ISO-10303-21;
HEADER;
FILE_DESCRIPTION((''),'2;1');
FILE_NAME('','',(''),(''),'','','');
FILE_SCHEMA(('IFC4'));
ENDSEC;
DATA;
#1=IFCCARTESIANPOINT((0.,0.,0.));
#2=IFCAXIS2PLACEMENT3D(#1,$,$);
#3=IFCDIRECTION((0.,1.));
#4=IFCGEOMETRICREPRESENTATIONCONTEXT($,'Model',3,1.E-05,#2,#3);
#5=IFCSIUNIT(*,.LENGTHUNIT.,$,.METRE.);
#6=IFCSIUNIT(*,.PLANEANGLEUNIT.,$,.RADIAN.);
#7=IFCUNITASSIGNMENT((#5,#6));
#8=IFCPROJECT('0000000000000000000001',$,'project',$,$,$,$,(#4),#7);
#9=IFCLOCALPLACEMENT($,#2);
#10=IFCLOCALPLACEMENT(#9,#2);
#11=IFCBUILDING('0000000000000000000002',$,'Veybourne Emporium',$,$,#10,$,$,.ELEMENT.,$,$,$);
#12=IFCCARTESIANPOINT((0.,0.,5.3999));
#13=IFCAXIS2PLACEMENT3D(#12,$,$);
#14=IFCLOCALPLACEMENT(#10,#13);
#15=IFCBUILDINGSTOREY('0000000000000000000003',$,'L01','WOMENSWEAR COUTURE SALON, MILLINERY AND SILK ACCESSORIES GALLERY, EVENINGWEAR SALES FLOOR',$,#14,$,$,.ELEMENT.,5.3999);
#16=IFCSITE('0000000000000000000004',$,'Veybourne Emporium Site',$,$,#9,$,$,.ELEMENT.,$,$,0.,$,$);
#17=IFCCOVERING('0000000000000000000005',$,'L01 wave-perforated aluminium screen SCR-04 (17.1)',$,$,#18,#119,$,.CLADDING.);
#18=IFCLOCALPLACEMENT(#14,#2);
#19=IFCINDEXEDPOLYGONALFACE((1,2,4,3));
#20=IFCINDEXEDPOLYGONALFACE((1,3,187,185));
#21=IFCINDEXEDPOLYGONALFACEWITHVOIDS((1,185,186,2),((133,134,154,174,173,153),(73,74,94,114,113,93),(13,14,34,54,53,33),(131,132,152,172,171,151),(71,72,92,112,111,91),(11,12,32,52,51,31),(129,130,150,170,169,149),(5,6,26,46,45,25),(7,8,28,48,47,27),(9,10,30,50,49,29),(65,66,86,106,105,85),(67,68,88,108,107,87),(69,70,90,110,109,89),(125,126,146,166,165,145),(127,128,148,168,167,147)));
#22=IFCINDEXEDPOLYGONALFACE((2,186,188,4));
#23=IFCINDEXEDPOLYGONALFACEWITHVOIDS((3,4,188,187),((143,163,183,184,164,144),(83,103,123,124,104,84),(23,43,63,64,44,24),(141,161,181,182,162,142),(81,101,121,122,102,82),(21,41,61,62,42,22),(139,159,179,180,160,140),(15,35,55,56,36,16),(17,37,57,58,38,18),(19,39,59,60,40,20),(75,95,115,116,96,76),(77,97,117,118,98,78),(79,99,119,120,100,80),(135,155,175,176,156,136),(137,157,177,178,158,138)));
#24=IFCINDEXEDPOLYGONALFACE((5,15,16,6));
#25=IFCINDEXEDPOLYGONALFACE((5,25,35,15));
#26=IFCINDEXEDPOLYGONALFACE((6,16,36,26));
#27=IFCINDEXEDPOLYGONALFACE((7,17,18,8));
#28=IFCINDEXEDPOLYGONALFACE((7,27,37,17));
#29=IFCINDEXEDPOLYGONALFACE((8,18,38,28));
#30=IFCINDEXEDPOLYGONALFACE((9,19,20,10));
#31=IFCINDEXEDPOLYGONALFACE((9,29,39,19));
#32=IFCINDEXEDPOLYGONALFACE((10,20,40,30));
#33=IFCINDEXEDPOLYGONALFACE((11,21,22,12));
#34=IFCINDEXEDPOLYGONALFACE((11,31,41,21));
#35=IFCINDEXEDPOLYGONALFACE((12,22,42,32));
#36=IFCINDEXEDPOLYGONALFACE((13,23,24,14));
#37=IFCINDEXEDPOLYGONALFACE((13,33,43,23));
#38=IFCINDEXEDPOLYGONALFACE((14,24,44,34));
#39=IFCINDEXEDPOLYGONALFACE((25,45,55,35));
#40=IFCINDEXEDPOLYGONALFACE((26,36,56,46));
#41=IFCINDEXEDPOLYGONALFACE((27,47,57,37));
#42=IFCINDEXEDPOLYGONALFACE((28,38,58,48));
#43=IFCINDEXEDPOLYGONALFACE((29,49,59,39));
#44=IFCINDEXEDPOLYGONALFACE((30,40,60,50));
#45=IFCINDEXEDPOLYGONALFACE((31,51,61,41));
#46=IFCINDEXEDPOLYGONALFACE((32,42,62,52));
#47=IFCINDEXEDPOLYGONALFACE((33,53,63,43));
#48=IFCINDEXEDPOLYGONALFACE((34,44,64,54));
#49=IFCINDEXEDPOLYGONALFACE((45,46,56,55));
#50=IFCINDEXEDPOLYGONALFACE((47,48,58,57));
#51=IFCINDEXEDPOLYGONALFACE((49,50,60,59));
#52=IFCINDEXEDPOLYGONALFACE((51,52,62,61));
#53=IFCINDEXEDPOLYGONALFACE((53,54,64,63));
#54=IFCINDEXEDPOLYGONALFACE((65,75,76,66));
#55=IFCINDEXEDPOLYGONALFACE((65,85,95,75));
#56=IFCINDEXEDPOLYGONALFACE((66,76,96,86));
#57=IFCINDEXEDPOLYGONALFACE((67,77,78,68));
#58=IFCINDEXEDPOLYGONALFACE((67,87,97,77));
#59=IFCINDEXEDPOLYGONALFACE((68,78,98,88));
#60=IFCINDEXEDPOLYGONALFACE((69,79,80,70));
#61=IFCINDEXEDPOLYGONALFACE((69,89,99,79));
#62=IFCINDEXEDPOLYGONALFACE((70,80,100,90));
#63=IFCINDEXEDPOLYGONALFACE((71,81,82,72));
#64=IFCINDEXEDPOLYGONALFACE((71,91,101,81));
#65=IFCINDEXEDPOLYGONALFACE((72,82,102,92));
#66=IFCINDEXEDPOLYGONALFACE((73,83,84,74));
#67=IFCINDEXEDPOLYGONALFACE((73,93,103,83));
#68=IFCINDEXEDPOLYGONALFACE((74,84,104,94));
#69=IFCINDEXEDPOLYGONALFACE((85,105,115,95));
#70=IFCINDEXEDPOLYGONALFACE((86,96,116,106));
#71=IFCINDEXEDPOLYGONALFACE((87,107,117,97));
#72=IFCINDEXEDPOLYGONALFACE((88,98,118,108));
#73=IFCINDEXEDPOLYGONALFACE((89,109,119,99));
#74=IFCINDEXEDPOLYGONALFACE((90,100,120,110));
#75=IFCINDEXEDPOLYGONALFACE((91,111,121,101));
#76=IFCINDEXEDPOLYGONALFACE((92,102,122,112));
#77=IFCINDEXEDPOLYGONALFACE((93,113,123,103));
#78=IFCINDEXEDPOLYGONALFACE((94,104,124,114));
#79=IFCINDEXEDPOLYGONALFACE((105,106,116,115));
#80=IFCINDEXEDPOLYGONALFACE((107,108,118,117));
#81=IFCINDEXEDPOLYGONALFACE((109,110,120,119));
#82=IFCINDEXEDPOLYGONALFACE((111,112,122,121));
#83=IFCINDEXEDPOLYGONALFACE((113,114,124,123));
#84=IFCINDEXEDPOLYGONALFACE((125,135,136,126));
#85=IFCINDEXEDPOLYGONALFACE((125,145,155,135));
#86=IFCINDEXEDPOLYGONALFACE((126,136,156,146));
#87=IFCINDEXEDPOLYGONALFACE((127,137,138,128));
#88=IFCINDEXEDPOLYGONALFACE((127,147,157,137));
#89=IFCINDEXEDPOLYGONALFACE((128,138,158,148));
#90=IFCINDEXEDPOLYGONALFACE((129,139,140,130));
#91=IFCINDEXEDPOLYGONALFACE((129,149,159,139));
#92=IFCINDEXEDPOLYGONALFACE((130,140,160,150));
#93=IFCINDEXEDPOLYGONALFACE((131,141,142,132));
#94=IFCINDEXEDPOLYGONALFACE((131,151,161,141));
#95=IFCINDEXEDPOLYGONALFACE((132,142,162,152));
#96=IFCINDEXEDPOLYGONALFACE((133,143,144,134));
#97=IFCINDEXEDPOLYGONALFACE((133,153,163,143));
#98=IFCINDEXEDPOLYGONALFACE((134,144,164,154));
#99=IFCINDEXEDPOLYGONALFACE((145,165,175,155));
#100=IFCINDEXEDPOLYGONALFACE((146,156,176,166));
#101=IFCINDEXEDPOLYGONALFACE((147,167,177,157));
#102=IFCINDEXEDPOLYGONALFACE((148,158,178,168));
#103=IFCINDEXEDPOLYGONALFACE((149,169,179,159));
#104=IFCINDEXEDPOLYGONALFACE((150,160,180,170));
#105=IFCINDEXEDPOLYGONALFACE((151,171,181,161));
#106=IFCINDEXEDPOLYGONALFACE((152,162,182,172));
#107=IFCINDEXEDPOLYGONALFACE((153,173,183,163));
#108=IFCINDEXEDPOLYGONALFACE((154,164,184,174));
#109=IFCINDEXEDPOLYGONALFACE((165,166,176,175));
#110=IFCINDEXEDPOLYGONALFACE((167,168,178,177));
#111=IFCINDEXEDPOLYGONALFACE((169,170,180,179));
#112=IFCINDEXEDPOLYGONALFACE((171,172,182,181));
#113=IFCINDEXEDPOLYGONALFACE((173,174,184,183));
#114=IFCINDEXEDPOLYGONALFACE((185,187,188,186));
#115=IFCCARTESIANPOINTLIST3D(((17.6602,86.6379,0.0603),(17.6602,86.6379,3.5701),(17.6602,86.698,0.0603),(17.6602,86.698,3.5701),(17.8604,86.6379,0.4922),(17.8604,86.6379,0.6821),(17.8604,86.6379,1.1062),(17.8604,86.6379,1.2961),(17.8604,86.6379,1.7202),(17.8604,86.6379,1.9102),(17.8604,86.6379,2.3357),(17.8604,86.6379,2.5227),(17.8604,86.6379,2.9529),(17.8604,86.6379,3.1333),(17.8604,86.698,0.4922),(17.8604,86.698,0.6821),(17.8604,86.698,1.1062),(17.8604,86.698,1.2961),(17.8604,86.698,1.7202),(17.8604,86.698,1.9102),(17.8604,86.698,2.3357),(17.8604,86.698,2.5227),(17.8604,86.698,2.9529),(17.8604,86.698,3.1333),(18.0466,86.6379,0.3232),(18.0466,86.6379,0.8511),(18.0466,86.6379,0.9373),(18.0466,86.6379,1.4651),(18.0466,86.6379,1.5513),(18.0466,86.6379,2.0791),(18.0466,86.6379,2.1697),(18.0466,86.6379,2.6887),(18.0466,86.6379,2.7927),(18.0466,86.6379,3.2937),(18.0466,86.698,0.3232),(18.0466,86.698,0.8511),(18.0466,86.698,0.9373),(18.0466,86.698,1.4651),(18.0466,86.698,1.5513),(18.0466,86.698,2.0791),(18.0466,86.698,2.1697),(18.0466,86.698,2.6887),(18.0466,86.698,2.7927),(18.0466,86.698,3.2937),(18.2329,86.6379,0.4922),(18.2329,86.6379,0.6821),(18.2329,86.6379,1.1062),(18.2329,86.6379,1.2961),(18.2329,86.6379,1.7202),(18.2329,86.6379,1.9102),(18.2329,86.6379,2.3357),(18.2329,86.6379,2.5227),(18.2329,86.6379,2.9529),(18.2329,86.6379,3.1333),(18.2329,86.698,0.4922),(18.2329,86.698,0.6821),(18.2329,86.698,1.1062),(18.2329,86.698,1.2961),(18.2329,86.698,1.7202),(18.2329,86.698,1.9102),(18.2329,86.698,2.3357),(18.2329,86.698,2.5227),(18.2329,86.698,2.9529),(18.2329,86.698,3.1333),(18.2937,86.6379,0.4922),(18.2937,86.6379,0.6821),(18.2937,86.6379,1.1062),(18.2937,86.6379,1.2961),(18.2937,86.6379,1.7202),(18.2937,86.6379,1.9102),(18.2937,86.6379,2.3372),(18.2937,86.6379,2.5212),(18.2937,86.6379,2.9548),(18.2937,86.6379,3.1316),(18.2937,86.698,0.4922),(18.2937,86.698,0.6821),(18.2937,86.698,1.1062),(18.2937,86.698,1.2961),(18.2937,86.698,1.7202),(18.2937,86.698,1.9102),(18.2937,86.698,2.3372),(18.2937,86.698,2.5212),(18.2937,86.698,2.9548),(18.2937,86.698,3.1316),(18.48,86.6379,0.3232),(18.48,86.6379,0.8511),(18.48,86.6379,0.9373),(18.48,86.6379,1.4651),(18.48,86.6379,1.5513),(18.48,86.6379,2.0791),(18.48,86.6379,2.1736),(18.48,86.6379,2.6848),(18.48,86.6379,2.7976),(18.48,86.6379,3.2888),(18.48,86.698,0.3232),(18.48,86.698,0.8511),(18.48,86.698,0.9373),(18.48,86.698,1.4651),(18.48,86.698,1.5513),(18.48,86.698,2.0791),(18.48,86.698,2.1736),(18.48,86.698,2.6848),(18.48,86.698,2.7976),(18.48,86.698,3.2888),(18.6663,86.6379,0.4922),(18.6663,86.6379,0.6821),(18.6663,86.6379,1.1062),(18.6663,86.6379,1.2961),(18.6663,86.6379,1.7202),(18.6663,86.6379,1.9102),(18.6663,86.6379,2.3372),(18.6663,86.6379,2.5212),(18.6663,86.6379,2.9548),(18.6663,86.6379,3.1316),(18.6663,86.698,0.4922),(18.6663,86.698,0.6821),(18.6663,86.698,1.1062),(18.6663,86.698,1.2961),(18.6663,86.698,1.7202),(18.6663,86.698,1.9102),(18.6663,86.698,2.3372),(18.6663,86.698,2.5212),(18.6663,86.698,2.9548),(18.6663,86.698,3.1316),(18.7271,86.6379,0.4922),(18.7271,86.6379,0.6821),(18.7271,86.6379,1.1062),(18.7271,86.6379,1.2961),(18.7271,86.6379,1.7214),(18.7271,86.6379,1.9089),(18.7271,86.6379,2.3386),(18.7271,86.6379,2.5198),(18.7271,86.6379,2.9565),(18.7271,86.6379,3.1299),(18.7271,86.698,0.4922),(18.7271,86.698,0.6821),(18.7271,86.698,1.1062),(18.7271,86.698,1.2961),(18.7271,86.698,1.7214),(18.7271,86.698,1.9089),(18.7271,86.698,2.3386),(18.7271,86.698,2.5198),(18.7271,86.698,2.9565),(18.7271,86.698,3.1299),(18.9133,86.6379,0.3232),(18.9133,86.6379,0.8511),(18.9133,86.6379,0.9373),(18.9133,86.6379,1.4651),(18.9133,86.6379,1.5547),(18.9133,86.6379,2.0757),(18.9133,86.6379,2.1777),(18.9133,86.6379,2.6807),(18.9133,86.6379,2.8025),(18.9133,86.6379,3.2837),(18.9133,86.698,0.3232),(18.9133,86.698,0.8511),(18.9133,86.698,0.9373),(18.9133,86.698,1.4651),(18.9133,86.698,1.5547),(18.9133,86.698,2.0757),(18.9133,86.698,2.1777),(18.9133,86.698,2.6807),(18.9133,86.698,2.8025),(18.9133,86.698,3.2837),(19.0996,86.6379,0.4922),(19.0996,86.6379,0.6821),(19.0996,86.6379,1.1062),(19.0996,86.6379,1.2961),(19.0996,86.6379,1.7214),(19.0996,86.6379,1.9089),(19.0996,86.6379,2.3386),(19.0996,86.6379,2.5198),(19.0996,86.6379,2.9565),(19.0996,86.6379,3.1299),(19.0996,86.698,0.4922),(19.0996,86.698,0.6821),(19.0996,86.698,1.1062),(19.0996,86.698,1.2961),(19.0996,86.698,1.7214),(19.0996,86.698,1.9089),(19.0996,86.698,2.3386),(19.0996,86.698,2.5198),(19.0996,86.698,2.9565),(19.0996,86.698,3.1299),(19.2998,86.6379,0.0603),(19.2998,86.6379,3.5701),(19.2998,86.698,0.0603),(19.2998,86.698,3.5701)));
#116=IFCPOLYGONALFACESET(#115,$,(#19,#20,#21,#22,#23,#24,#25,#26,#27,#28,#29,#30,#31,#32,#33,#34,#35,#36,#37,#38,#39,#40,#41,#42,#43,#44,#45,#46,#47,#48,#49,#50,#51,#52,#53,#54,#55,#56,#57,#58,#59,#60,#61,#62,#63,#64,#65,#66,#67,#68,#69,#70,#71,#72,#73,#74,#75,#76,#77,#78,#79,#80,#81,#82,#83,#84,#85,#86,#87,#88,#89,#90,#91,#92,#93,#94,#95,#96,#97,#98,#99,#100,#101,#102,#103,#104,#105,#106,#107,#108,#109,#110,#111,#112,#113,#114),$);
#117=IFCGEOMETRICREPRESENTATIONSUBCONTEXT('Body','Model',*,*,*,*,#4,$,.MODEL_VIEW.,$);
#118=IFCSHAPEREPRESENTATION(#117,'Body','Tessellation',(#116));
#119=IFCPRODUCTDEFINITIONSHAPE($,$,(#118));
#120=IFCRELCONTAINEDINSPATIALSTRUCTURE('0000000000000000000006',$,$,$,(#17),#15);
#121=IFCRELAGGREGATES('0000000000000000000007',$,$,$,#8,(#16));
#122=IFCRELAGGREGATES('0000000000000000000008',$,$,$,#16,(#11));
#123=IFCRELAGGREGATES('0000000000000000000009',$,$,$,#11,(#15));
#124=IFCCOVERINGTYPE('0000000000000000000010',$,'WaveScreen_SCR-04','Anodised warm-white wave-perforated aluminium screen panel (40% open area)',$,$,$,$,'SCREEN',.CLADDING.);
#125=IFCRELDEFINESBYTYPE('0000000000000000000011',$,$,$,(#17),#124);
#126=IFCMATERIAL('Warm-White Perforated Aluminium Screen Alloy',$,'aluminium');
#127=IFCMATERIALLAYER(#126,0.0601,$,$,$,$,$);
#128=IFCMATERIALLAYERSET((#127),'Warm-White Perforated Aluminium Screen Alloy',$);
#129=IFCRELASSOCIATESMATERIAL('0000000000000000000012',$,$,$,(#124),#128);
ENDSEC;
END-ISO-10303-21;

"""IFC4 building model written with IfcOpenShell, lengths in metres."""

from ifc_helpers import new_model, si_unit, direction, frame, origin, place, context, subcontext, project, spatial, polyline, outline, extrude, material, layer, layer_set, type_object, element, save


model = new_model("IFC4")

# Units and contexts
model_context = context("Model", 3, precision=1e-05, world=origin(), true_north=direction((0.0, 1.0)))
body_context = subcontext(model_context, "Body", "Model", "MODEL_VIEW")
ifc_project = project(units=[si_unit("LENGTHUNIT", "METRE"), si_unit("PLANEANGLEUNIT", "RADIAN")], contexts=[model_context])

# Site, building, storey
site_placement = place(None, origin())
site = spatial("IfcSite", under=ifc_project, at=site_placement, Name="Veybourne Emporium Site", CompositionType="ELEMENT", RefElevation=0.0)
building_placement = place(site_placement, origin())
building = spatial("IfcBuilding", under=site, at=building_placement, Name="Veybourne Emporium", CompositionType="ELEMENT")
storey_placement = place(building_placement, frame((0.0, 0.0, 5.3999)))
storey = spatial("IfcBuildingStorey", under=building, at=storey_placement, Name="L01", Description="WOMENSWEAR COUTURE SALON, MILLINERY AND SILK ACCESSORIES GALLERY, EVENINGWEAR SALES FLOOR", CompositionType="ELEMENT", Elevation=5.3999)

# Covering
ifc_material_1 = material(Name="Warm-White Perforated Aluminium Screen Alloy", Category="aluminium")
ifc_layer_1 = layer(ifc_material_1, 0.0601)
ifc_layer_set_1 = layer_set([ifc_layer_1], Name="Warm-White Perforated Aluminium Screen Alloy")
covering_type_1 = type_object("IfcCoveringType", Name="WaveScreen_SCR-04", Description="Anodised warm-white wave-perforated aluminium screen panel (40% open area)", ElementType="SCREEN", PredefinedType="CLADDING", material=ifc_layer_set_1)
covering_1_placement = place(storey_placement, frame((18.48, 86.698, 1.8152), z_axis=(0.0, -1.0, 0.0), x_axis=(1.0, 0.0, 0.0)))
element("IfcCovering", 1, at=covering_1_placement, inside=storey, type_object=covering_type_1, Name="L01 wave-perforated aluminium screen SCR-04 (17.1)", PredefinedType="CLADDING", context=body_context, shape_type="SweptSolid", body=[
    extrude(outline(polyline([(-0.8198, -1.7549), (0.8198, -1.7549), (0.8198, 1.7549), (-0.8198, 1.7549), (-0.8198, -1.7549)]), holes=[polyline([(-0.4333, -0.9641), (-0.2471, -1.1331), (-0.2471, -1.323), (-0.4333, -1.4919), (-0.6196, -1.323), (-0.6196, -1.1331), (-0.4333, -0.9641)]), polyline([(-0.4333, -0.3501), (-0.2471, -0.519), (-0.2471, -0.709), (-0.4333, -0.8779), (-0.6196, -0.709), (-0.6196, -0.519), (-0.4333, -0.3501)]), polyline([(-0.4333, 0.2639), (-0.2471, 0.095), (-0.2471, -0.095), (-0.4333, -0.2639), (-0.6196, -0.095), (-0.6196, 0.095), (-0.4333, 0.2639)]), polyline([(-0.4333, 0.8735), (-0.2471, 0.7075), (-0.2471, 0.5205), (-0.4333, 0.3545), (-0.6196, 0.5205), (-0.6196, 0.7075), (-0.4333, 0.8735)]), polyline([(-0.4333, 1.4785), (-0.2471, 1.3181), (-0.2471, 1.1377), (-0.4333, 0.9775), (-0.6196, 1.1377), (-0.6196, 1.3181), (-0.4333, 1.4785)]), polyline([(0.0, -0.9641), (0.1863, -1.1331), (0.1863, -1.323), (0.0, -1.4919), (-0.1863, -1.323), (-0.1863, -1.1331), (0.0, -0.9641)]), polyline([(0.0, -0.3501), (0.1863, -0.519), (0.1863, -0.709), (0.0, -0.8779), (-0.1863, -0.709), (-0.1863, -0.519), (0.0, -0.3501)]), polyline([(0.0, 0.2639), (0.1863, 0.095), (0.1863, -0.095), (0.0, -0.2639), (-0.1863, -0.095), (-0.1863, 0.095), (0.0, 0.2639)]), polyline([(0.0, 0.8696), (0.1863, 0.7061), (0.1863, 0.522), (0.0, 0.3584), (-0.1863, 0.522), (-0.1863, 0.7061), (0.0, 0.8696)]), polyline([(0.0, 1.4736), (0.1863, 1.3164), (0.1863, 1.1396), (0.0, 0.9824), (-0.1863, 1.1396), (-0.1863, 1.3164), (0.0, 1.4736)]), polyline([(0.4333, -0.9641), (0.6196, -1.1331), (0.6196, -1.323), (0.4333, -1.4919), (0.2471, -1.323), (0.2471, -1.1331), (0.4333, -0.9641)]), polyline([(0.4333, -0.3501), (0.6196, -0.519), (0.6196, -0.709), (0.4333, -0.8779), (0.2471, -0.709), (0.2471, -0.519), (0.4333, -0.3501)]), polyline([(0.4333, 0.2605), (0.6196, 0.0938), (0.6196, -0.0938), (0.4333, -0.2605), (0.2471, -0.0938), (0.2471, 0.0938), (0.4333, 0.2605)]), polyline([(0.4333, 0.8655), (0.6196, 0.7046), (0.6196, 0.5234), (0.4333, 0.3625), (0.2471, 0.5234), (0.2471, 0.7046), (0.4333, 0.8655)]), polyline([(0.4333, 1.4685), (0.6196, 1.3147), (0.6196, 1.1414), (0.4333, 0.9873), (0.2471, 1.1414), (0.2471, 1.3147), (0.4333, 1.4685)])]), origin(), (0.0, 0.0, 1.0), 0.0601),
])

save(model, "model.ifc")
